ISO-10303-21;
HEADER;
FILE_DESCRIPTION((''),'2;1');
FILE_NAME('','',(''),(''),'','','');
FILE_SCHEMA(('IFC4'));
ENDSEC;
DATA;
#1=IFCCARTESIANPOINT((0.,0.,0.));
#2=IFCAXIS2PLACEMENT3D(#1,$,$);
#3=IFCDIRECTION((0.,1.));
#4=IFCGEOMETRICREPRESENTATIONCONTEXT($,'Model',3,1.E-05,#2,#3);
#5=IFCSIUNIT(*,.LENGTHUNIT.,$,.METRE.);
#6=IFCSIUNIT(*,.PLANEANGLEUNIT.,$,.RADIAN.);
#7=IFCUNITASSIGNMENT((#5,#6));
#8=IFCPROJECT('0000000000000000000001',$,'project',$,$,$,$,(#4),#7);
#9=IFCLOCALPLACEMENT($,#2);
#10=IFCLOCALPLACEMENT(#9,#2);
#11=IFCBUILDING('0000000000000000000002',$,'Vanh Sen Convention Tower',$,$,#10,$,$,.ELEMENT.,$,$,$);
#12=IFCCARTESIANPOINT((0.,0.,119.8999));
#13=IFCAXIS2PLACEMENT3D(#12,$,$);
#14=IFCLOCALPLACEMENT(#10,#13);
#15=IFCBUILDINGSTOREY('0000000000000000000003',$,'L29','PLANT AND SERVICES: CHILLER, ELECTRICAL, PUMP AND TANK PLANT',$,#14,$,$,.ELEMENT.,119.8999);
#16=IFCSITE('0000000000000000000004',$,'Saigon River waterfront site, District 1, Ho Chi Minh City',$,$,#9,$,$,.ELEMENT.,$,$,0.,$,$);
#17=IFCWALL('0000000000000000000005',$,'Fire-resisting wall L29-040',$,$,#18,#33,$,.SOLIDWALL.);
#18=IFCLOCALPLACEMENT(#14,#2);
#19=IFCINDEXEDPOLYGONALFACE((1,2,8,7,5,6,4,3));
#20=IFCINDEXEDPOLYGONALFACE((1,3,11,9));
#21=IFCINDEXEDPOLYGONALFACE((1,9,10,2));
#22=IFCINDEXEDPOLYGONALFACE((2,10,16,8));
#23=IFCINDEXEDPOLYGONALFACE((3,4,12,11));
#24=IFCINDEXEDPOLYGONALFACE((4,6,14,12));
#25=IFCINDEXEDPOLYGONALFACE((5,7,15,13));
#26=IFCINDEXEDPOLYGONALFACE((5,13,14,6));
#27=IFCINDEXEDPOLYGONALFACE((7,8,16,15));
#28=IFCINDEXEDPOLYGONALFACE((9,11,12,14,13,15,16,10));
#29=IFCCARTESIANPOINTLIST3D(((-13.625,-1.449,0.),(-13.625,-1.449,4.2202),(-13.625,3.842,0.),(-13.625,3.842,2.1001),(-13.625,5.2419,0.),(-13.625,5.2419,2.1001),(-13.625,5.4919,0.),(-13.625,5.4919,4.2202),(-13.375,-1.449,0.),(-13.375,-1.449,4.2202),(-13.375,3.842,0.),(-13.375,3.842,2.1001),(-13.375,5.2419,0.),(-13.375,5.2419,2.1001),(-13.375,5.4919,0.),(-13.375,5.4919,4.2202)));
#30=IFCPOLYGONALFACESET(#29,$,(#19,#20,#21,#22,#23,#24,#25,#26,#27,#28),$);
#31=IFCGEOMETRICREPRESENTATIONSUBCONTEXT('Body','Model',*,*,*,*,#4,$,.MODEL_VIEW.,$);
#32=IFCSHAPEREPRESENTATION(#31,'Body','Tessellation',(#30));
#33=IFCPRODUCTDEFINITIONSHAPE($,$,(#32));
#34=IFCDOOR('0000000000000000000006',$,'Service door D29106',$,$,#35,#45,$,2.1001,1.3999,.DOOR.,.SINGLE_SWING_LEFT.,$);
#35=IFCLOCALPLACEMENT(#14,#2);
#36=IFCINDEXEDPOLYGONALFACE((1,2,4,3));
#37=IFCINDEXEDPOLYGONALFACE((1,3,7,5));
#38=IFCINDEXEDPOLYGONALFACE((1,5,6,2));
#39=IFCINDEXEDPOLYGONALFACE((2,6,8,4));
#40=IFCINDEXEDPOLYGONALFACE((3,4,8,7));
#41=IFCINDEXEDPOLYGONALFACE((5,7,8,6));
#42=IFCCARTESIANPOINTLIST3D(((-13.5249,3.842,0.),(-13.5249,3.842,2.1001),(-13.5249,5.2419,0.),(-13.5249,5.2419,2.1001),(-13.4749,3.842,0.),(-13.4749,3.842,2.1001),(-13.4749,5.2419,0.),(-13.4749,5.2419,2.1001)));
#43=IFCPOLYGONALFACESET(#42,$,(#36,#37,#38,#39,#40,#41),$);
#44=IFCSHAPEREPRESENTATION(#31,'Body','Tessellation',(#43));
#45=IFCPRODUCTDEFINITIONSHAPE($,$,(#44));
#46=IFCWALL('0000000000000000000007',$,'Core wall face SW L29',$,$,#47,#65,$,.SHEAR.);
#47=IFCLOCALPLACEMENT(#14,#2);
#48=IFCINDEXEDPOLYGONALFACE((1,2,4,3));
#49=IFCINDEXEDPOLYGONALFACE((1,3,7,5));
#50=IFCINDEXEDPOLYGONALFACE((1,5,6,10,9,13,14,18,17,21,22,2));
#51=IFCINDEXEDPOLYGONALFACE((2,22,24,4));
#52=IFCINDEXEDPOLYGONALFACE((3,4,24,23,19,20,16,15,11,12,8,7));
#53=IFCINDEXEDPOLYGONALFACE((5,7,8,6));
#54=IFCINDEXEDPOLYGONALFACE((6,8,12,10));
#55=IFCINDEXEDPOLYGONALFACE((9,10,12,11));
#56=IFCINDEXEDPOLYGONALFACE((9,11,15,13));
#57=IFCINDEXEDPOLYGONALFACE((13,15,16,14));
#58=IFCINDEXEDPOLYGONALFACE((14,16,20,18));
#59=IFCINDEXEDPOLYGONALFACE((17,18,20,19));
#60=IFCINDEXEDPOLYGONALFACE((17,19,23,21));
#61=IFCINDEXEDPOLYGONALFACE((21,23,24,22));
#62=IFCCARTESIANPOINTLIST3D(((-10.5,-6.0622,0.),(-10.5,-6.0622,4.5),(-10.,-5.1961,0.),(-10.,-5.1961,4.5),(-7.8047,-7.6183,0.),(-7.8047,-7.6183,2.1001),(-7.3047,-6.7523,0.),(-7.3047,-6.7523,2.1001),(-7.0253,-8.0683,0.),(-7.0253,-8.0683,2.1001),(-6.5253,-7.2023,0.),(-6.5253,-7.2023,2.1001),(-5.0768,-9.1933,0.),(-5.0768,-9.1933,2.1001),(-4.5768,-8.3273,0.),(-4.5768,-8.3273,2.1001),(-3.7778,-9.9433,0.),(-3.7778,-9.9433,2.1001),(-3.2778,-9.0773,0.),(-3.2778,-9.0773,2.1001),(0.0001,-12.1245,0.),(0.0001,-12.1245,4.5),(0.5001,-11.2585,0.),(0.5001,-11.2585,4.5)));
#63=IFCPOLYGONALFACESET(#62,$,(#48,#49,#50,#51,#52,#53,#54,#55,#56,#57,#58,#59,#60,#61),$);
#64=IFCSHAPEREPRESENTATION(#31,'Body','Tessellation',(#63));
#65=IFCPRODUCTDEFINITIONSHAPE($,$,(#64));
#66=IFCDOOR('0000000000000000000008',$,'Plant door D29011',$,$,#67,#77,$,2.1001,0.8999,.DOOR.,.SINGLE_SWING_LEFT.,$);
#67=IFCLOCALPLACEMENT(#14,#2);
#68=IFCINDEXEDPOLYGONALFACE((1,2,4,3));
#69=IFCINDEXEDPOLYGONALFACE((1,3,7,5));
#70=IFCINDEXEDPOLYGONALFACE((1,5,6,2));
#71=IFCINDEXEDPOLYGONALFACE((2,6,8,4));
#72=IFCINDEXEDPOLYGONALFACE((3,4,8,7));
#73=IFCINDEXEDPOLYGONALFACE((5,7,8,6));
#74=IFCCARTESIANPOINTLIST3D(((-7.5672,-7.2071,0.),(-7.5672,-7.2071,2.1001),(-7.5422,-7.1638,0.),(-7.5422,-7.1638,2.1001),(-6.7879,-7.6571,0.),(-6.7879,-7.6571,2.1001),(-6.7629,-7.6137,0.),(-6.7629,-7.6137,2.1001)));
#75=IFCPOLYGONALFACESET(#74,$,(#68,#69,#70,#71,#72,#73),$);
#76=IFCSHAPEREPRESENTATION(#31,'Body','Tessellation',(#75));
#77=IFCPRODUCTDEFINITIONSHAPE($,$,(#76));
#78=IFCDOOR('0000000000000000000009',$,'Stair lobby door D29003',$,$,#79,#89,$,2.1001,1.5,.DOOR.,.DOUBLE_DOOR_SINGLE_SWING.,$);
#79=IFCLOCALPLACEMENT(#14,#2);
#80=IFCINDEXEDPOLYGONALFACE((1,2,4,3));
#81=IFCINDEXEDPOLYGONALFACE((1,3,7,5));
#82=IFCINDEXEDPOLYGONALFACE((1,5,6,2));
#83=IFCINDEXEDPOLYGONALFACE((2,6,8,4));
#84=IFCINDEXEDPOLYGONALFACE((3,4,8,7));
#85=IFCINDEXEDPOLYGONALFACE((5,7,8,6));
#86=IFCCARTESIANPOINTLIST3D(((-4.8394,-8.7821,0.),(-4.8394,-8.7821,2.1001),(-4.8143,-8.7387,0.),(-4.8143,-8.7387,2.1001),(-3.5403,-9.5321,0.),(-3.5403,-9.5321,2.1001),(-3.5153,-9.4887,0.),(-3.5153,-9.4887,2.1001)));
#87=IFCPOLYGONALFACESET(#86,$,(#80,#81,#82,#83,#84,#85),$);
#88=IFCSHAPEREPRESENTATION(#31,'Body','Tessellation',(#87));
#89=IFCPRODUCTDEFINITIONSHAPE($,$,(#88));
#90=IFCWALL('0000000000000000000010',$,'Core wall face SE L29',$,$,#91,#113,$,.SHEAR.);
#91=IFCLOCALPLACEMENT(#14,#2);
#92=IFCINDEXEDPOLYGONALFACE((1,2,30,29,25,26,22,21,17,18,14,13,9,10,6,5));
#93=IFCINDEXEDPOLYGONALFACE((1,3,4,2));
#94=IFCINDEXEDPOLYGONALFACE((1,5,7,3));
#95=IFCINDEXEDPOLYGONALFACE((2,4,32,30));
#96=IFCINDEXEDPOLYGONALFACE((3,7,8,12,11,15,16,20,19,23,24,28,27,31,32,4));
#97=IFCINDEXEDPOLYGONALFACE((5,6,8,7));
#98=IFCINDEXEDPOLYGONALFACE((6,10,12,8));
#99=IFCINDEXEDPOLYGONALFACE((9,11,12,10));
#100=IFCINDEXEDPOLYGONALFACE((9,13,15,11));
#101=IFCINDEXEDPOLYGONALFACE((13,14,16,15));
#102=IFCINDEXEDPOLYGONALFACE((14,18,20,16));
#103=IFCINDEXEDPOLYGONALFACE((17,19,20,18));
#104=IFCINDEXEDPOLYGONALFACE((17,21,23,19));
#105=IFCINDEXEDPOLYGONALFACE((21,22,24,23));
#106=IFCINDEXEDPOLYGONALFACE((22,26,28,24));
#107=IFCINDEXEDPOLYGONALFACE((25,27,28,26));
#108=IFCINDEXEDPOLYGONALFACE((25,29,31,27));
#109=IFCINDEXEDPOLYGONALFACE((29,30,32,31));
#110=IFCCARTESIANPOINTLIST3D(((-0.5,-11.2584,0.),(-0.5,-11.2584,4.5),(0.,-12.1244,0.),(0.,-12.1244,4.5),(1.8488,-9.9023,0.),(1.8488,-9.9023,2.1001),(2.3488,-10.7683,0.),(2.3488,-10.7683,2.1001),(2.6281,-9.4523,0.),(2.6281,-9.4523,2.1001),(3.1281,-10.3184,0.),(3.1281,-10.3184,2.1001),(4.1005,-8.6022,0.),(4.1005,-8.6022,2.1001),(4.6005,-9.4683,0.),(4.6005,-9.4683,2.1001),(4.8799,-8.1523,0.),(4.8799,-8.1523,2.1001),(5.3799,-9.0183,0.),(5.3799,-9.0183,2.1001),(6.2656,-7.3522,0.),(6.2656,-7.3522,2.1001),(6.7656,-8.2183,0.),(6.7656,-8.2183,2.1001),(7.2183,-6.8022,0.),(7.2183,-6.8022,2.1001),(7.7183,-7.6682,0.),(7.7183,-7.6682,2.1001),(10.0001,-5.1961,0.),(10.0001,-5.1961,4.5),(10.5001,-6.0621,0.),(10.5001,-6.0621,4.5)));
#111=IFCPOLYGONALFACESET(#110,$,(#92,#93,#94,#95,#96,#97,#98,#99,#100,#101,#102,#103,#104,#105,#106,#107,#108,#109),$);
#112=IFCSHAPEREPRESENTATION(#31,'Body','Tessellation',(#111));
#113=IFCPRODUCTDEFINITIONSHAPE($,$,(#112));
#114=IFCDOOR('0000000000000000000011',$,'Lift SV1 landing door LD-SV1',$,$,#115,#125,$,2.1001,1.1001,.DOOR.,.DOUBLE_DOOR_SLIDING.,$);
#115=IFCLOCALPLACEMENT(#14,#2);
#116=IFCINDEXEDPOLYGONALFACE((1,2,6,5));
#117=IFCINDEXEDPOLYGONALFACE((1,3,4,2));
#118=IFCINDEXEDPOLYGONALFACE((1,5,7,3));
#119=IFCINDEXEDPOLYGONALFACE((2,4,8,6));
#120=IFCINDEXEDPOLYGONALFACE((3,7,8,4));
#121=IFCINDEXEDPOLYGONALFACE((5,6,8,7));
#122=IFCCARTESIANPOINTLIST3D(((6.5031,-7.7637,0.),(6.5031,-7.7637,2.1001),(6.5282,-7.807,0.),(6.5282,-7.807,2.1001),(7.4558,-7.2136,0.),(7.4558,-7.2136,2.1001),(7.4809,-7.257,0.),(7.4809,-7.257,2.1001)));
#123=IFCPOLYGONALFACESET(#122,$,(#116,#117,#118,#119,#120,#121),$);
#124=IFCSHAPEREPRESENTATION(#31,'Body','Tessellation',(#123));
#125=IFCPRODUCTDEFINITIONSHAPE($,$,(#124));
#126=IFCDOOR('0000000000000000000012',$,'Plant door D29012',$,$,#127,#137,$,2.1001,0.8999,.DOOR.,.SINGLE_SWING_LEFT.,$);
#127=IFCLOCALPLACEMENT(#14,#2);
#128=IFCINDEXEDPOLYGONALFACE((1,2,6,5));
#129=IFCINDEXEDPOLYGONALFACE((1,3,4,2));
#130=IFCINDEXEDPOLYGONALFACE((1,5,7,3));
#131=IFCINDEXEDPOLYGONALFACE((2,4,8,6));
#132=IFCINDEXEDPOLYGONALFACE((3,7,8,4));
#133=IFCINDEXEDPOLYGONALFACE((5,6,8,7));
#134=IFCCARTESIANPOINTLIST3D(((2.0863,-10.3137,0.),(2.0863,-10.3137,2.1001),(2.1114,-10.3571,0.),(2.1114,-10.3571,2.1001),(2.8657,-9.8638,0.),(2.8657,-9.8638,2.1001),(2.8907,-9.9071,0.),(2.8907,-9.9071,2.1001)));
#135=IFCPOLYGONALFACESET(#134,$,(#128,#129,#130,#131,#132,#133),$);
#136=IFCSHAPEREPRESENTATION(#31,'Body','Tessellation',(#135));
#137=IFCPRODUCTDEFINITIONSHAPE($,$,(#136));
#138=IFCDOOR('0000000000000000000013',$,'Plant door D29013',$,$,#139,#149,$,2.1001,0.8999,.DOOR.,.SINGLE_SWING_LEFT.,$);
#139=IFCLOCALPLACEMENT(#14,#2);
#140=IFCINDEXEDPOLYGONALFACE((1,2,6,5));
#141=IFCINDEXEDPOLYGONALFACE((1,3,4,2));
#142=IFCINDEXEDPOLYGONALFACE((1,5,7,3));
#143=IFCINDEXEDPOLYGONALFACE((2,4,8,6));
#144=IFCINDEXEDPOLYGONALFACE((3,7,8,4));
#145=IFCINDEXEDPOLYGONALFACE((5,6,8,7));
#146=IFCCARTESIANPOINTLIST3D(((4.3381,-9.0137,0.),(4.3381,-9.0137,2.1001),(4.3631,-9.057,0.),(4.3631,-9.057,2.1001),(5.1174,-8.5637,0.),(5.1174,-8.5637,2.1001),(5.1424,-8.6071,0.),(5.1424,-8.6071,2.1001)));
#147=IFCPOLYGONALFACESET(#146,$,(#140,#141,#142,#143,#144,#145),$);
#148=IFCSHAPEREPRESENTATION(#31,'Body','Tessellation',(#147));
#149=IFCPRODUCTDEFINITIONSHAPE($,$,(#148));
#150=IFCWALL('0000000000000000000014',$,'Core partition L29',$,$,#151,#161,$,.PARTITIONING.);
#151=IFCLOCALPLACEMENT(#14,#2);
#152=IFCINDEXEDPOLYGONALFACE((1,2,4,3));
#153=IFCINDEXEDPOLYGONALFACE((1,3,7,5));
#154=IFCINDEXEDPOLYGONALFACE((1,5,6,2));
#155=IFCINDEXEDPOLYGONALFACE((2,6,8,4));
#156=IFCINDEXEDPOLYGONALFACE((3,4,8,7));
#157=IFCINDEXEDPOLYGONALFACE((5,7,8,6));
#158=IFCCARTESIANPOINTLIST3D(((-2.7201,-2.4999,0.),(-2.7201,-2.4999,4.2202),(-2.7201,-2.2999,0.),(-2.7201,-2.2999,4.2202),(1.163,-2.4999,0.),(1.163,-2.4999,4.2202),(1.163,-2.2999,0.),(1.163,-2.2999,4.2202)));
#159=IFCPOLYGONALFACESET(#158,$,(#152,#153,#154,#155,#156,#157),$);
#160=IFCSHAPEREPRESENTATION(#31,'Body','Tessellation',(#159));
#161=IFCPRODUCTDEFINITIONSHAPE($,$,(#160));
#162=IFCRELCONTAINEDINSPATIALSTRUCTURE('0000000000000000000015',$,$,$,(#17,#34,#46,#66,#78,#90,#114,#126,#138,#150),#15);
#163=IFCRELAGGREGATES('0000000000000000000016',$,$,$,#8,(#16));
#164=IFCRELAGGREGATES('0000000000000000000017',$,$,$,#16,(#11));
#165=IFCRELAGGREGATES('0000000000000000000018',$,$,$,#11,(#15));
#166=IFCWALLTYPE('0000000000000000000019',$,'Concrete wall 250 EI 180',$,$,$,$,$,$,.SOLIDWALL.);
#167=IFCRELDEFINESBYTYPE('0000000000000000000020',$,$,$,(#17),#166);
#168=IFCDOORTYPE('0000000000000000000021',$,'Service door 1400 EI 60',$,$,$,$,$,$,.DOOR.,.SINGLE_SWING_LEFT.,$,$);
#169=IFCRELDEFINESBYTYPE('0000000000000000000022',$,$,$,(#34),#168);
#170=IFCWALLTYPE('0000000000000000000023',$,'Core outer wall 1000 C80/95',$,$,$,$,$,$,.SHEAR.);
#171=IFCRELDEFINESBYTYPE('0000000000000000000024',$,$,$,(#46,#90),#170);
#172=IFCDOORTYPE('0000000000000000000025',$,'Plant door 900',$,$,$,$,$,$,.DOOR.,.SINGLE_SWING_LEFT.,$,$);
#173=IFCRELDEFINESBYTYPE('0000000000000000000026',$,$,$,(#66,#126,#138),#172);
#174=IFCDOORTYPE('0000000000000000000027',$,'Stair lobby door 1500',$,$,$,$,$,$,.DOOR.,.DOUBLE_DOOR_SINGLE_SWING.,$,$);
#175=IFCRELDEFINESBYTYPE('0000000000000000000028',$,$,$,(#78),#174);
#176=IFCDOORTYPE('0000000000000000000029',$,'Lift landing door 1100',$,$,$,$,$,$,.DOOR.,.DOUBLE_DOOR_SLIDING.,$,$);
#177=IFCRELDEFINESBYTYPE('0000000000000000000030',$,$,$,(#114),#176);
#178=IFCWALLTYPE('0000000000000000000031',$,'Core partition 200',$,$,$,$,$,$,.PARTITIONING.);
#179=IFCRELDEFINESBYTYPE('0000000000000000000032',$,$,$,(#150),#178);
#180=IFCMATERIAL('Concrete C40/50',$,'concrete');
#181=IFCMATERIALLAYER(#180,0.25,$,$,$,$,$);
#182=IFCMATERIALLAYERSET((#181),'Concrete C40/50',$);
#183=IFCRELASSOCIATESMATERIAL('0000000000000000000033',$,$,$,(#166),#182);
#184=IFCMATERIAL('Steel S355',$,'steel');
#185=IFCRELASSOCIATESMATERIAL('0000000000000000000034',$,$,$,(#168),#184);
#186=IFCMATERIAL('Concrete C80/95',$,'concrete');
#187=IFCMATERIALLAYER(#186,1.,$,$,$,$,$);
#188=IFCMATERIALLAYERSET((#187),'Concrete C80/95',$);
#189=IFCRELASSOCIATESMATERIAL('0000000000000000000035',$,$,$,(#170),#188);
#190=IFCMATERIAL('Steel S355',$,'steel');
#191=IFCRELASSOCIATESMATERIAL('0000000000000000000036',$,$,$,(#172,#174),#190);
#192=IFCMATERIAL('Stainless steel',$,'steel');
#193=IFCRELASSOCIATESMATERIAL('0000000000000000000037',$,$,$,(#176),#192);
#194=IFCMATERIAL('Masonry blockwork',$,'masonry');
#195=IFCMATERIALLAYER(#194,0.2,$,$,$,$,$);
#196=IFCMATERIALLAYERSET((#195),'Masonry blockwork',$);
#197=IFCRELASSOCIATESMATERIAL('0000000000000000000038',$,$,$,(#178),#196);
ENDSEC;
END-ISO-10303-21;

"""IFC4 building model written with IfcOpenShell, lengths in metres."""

from ifc_helpers import new_model, si_unit, direction, frame, frame_2d, origin, place, context, subcontext, project, spatial, rectangle, extrude, material, layer, layer_set, type_object, element, fill, save


model = new_model("IFC4")

# Units and contexts
model_context = context("Model", 3, precision=1e-05, world=origin(), true_north=direction((0.0, 1.0)))
body_context = subcontext(model_context, "Body", "Model", "MODEL_VIEW")
ifc_project = project(units=[si_unit("LENGTHUNIT", "METRE"), si_unit("PLANEANGLEUNIT", "RADIAN")], contexts=[model_context])

# Site, building, storey
site_placement = place(None, origin())
site = spatial("IfcSite", under=ifc_project, at=site_placement, Name="Saigon River waterfront site, District 1, Ho Chi Minh City", CompositionType="ELEMENT", RefElevation=0.0)
building_placement = place(site_placement, origin())
building = spatial("IfcBuilding", under=site, at=building_placement, Name="Vanh Sen Convention Tower", CompositionType="ELEMENT")
storey_placement = place(building_placement, frame((0.0, 0.0, 119.8999)))
storey = spatial("IfcBuildingStorey", under=building, at=storey_placement, Name="L29", Description="PLANT AND SERVICES: CHILLER, ELECTRICAL, PUMP AND TANK PLANT", CompositionType="ELEMENT", Elevation=119.8999)

# Shared definitions
ifc_material_1 = material(Name="Concrete C40/50", Category="concrete")

# Shared definitions
ifc_layer_1 = layer(ifc_material_1, 0.25)
ifc_layer_set_1 = layer_set([ifc_layer_1], Name="Concrete C40/50")
wall_type_1 = type_object("IfcWallType", Name="Concrete wall 250 EI 180", PredefinedType="SOLIDWALL", material=ifc_layer_set_1)

# Wall, opening, door
ifc_material_2 = material(Name="Steel S355", Category="steel")
door_type_1 = type_object("IfcDoorType", Name="Service door 1400 EI 60", OperationType="SINGLE_SWING_LEFT", PredefinedType="DOOR", material=ifc_material_2)
wall_1_placement = place(storey_placement, frame((-13.5, -1.449, 0.0), z_axis=(0.0, 0.0, 1.0), x_axis=(0.0, 1.0, 0.0)))
wall_1 = element("IfcWall", 1, at=wall_1_placement, inside=storey, type_object=wall_type_1, Name="Fire-resisting wall L29-040", PredefinedType="SOLIDWALL", context=body_context, shape_type="SweptSolid", body=[
    extrude(rectangle(XDim=6.9409, YDim=0.25, at=frame_2d((3.4705, 0.0))), origin(), (0.0, 0.0, 1.0), 4.2202),
])
opening_1_placement = place(wall_1_placement, frame((5.291, 0.0, 0.0)))
opening_1 = element("IfcOpeningElement", 2, at=opening_1_placement, cuts=wall_1, PredefinedType="OPENING", context=body_context, shape_type="SweptSolid", body=[
    extrude(rectangle(XDim=1.3999, YDim=2.1001, at=frame_2d((0.7, 1.05))), frame((0.0, 0.135, 0.0), z_axis=(0.0, -1.0, 0.0), x_axis=(1.0, 0.0, 0.0)), (0.0, 0.0, 1.0), 0.27),
])
door_1_placement = place(opening_1_placement, origin())
door_1 = element("IfcDoor", 3, at=door_1_placement, inside=storey, type_object=door_type_1, Name="Service door D29106", OperationType="SINGLE_SWING_LEFT", OverallHeight=2.1001, OverallWidth=1.3999, PredefinedType="DOOR", context=body_context, shape_type="SweptSolid", body=[
    extrude(rectangle(XDim=1.3999, YDim=2.1001, at=frame_2d((0.7, 1.05))), frame((0.0, 0.0249, 0.0), z_axis=(0.0, -1.0, 0.0), x_axis=(1.0, 0.0, 0.0)), (0.0, 0.0, 1.0), 0.05),
])
fill(opening_1, door_1)

# Walls, openings, doors
ifc_material_3 = material(Name="Concrete C80/95", Category="concrete")
ifc_layer_2 = layer(ifc_material_3, 1.0)
ifc_layer_set_2 = layer_set([ifc_layer_2], Name="Concrete C80/95")
wall_type_2 = type_object("IfcWallType", Name="Core outer wall 1000 C80/95", PredefinedType="SHEAR", material=ifc_layer_set_2)
wall_2_placement = place(storey_placement, frame((-10.25, -5.6292, 0.0), z_axis=(0.0, 0.0, 1.0), x_axis=(0.866023, -0.500005, 0.0)))
wall_2 = element("IfcWall", 4, at=wall_2_placement, inside=storey, type_object=wall_type_2, Name="Core wall face SW L29", PredefinedType="SHEAR", context=body_context, shape_type="SweptSolid", body=[
    extrude(rectangle(XDim=12.1245, YDim=1.0, at=frame_2d((6.0623, 0.0))), origin(), (0.0, 0.0, 1.0), 4.5),
])
opening_2_placement = place(wall_2_placement, frame((6.2622, 0.0, 0.0)))
opening_2 = element("IfcOpeningElement", 5, at=opening_2_placement, cuts=wall_2, PredefinedType="OPENING", context=body_context, shape_type="SweptSolid", body=[
    extrude(rectangle(XDim=1.5, YDim=2.1001, at=frame_2d((0.75, 1.05))), frame((0.0, 0.51, 0.0), z_axis=(0.0, -1.0, 0.0), x_axis=(1.0, 0.0, 0.0)), (0.0, 0.0, 1.0), 1.02),
])
opening_3_placement = place(wall_2_placement, frame((3.1123, 0.0, 0.0)))
opening_3 = element("IfcOpeningElement", 6, at=opening_3_placement, cuts=wall_2, PredefinedType="OPENING", context=body_context, shape_type="SweptSolid", body=[
    extrude(rectangle(XDim=0.8999, YDim=2.1001, at=frame_2d((0.45, 1.05))), frame((0.0, 0.51, 0.0), z_axis=(0.0, -1.0, 0.0), x_axis=(1.0, 0.0, 0.0)), (0.0, 0.0, 1.0), 1.02),
])
ifc_material_4 = material(Name="Steel S355", Category="steel")
door_type_2 = type_object("IfcDoorType", Name="Plant door 900", OperationType="SINGLE_SWING_LEFT", PredefinedType="DOOR", material=ifc_material_4)
door_2_placement = place(opening_3_placement, origin())
door_2 = element("IfcDoor", 7, at=door_2_placement, inside=storey, type_object=door_type_2, Name="Plant door D29011", OperationType="SINGLE_SWING_LEFT", OverallHeight=2.1001, OverallWidth=0.8999, PredefinedType="DOOR", context=body_context, shape_type="SweptSolid", body=[
    extrude(rectangle(XDim=0.8999, YDim=2.1001, at=frame_2d((0.45, 1.05))), frame((0.0, 0.0249, 0.0), z_axis=(0.0, -1.0, 0.0), x_axis=(1.0, 0.0, 0.0)), (0.0, 0.0, 1.0), 0.05),
])
fill(opening_3, door_2)
door_type_3 = type_object("IfcDoorType", Name="Stair lobby door 1500", OperationType="DOUBLE_DOOR_SINGLE_SWING", PredefinedType="DOOR", material=ifc_material_4)
door_3_placement = place(opening_2_placement, origin())
door_3 = element("IfcDoor", 8, at=door_3_placement, inside=storey, type_object=door_type_3, Name="Stair lobby door D29003", OperationType="DOUBLE_DOOR_SINGLE_SWING", OverallHeight=2.1001, OverallWidth=1.5, PredefinedType="DOOR", context=body_context, shape_type="SweptSolid", body=[
    extrude(rectangle(XDim=1.5, YDim=2.1001, at=frame_2d((0.75, 1.05))), frame((0.0, 0.0249, 0.0), z_axis=(0.0, -1.0, 0.0), x_axis=(1.0, 0.0, 0.0)), (0.0, 0.0, 1.0), 0.05),
])
fill(opening_2, door_3)
wall_3_placement = place(storey_placement, frame((-0.25, -11.6914, 0.0), z_axis=(0.0, 0.0, 1.0), x_axis=(0.866023, 0.500005, 0.0)))
wall_3 = element("IfcWall", 9, at=wall_3_placement, inside=storey, type_object=wall_type_2, Name="Core wall face SE L29", PredefinedType="SHEAR", context=body_context, shape_type="SweptSolid", body=[
    extrude(rectangle(XDim=12.1245, YDim=1.0, at=frame_2d((6.0623, 0.0))), origin(), (0.0, 0.0, 1.0), 4.5),
])
opening_4_placement = place(wall_3_placement, frame((2.7122, 0.0, 0.0)))
opening_4 = element("IfcOpeningElement", 10, at=opening_4_placement, cuts=wall_3, PredefinedType="OPENING", context=body_context, shape_type="SweptSolid", body=[
    extrude(rectangle(XDim=0.8999, YDim=2.1001, at=frame_2d((0.45, 1.05))), frame((0.0, 0.51, 0.0), z_axis=(0.0, -1.0, 0.0), x_axis=(1.0, 0.0, 0.0)), (0.0, 0.0, 1.0), 1.02),
])
opening_5_placement = place(wall_3_placement, frame((5.3123, 0.0, 0.0)))
opening_5 = element("IfcOpeningElement", 11, at=opening_5_placement, cuts=wall_3, PredefinedType="OPENING", context=body_context, shape_type="SweptSolid", body=[
    extrude(rectangle(XDim=0.8999, YDim=2.1001, at=frame_2d((0.45, 1.05))), frame((0.0, 0.51, 0.0), z_axis=(0.0, -1.0, 0.0), x_axis=(1.0, 0.0, 0.0)), (0.0, 0.0, 1.0), 1.02),
])
opening_6_placement = place(wall_3_placement, frame((7.8123, 0.0, 0.0)))
opening_6 = element("IfcOpeningElement", 12, at=opening_6_placement, cuts=wall_3, PredefinedType="OPENING", context=body_context, shape_type="SweptSolid", body=[
    extrude(rectangle(XDim=1.1001, YDim=2.1001, at=frame_2d((0.55, 1.05))), frame((0.0, 0.51, 0.0), z_axis=(0.0, -1.0, 0.0), x_axis=(1.0, 0.0, 0.0)), (0.0, 0.0, 1.0), 1.02),
])
ifc_material_5 = material(Name="Stainless steel", Category="steel")
door_type_4 = type_object("IfcDoorType", Name="Lift landing door 1100", OperationType="DOUBLE_DOOR_SLIDING", PredefinedType="DOOR", material=ifc_material_5)
door_4_placement = place(opening_6_placement, origin())
door_4 = element("IfcDoor", 13, at=door_4_placement, inside=storey, type_object=door_type_4, Name="Lift SV1 landing door LD-SV1", OperationType="DOUBLE_DOOR_SLIDING", OverallHeight=2.1001, OverallWidth=1.1001, PredefinedType="DOOR", context=body_context, shape_type="SweptSolid", body=[
    extrude(rectangle(XDim=1.1001, YDim=2.1001, at=frame_2d((0.55, 1.05))), frame((0.0, 0.0249, 0.0), z_axis=(0.0, -1.0, 0.0), x_axis=(1.0, 0.0, 0.0)), (0.0, 0.0, 1.0), 0.05),
])
fill(opening_6, door_4)
door_5_placement = place(opening_4_placement, origin())
door_5 = element("IfcDoor", 14, at=door_5_placement, inside=storey, type_object=door_type_2, Name="Plant door D29012", OperationType="SINGLE_SWING_LEFT", OverallHeight=2.1001, OverallWidth=0.8999, PredefinedType="DOOR", context=body_context, shape_type="SweptSolid", body=[
    extrude(rectangle(XDim=0.8999, YDim=2.1001, at=frame_2d((0.45, 1.05))), frame((0.0, 0.0249, 0.0), z_axis=(0.0, -1.0, 0.0), x_axis=(1.0, 0.0, 0.0)), (0.0, 0.0, 1.0), 0.05),
])
fill(opening_4, door_5)
door_6_placement = place(opening_5_placement, origin())
door_6 = element("IfcDoor", 15, at=door_6_placement, inside=storey, type_object=door_type_2, Name="Plant door D29013", OperationType="SINGLE_SWING_LEFT", OverallHeight=2.1001, OverallWidth=0.8999, PredefinedType="DOOR", context=body_context, shape_type="SweptSolid", body=[
    extrude(rectangle(XDim=0.8999, YDim=2.1001, at=frame_2d((0.45, 1.05))), frame((0.0, 0.0249, 0.0), z_axis=(0.0, -1.0, 0.0), x_axis=(1.0, 0.0, 0.0)), (0.0, 0.0, 1.0), 0.05),
])
fill(opening_5, door_6)

# Wall
ifc_material_6 = material(Name="Masonry blockwork", Category="masonry")
ifc_layer_3 = layer(ifc_material_6, 0.2)
ifc_layer_set_3 = layer_set([ifc_layer_3], Name="Masonry blockwork")
wall_type_3 = type_object("IfcWallType", Name="Core partition 200", PredefinedType="PARTITIONING", material=ifc_layer_set_3)
wall_4_placement = place(storey_placement, frame((-2.72, -2.3999, 0.0), z_axis=(0.0, 0.0, 1.0), x_axis=(1.0, 0.0, 0.0)))
element("IfcWall", 16, at=wall_4_placement, inside=storey, type_object=wall_type_3, Name="Core partition L29", PredefinedType="PARTITIONING", context=body_context, shape_type="SweptSolid", body=[
    extrude(rectangle(XDim=3.8831, YDim=0.2, at=frame_2d((1.9414, 0.0))), origin(), (0.0, 0.0, 1.0), 4.2202),
])

save(model, "model.ifc")
